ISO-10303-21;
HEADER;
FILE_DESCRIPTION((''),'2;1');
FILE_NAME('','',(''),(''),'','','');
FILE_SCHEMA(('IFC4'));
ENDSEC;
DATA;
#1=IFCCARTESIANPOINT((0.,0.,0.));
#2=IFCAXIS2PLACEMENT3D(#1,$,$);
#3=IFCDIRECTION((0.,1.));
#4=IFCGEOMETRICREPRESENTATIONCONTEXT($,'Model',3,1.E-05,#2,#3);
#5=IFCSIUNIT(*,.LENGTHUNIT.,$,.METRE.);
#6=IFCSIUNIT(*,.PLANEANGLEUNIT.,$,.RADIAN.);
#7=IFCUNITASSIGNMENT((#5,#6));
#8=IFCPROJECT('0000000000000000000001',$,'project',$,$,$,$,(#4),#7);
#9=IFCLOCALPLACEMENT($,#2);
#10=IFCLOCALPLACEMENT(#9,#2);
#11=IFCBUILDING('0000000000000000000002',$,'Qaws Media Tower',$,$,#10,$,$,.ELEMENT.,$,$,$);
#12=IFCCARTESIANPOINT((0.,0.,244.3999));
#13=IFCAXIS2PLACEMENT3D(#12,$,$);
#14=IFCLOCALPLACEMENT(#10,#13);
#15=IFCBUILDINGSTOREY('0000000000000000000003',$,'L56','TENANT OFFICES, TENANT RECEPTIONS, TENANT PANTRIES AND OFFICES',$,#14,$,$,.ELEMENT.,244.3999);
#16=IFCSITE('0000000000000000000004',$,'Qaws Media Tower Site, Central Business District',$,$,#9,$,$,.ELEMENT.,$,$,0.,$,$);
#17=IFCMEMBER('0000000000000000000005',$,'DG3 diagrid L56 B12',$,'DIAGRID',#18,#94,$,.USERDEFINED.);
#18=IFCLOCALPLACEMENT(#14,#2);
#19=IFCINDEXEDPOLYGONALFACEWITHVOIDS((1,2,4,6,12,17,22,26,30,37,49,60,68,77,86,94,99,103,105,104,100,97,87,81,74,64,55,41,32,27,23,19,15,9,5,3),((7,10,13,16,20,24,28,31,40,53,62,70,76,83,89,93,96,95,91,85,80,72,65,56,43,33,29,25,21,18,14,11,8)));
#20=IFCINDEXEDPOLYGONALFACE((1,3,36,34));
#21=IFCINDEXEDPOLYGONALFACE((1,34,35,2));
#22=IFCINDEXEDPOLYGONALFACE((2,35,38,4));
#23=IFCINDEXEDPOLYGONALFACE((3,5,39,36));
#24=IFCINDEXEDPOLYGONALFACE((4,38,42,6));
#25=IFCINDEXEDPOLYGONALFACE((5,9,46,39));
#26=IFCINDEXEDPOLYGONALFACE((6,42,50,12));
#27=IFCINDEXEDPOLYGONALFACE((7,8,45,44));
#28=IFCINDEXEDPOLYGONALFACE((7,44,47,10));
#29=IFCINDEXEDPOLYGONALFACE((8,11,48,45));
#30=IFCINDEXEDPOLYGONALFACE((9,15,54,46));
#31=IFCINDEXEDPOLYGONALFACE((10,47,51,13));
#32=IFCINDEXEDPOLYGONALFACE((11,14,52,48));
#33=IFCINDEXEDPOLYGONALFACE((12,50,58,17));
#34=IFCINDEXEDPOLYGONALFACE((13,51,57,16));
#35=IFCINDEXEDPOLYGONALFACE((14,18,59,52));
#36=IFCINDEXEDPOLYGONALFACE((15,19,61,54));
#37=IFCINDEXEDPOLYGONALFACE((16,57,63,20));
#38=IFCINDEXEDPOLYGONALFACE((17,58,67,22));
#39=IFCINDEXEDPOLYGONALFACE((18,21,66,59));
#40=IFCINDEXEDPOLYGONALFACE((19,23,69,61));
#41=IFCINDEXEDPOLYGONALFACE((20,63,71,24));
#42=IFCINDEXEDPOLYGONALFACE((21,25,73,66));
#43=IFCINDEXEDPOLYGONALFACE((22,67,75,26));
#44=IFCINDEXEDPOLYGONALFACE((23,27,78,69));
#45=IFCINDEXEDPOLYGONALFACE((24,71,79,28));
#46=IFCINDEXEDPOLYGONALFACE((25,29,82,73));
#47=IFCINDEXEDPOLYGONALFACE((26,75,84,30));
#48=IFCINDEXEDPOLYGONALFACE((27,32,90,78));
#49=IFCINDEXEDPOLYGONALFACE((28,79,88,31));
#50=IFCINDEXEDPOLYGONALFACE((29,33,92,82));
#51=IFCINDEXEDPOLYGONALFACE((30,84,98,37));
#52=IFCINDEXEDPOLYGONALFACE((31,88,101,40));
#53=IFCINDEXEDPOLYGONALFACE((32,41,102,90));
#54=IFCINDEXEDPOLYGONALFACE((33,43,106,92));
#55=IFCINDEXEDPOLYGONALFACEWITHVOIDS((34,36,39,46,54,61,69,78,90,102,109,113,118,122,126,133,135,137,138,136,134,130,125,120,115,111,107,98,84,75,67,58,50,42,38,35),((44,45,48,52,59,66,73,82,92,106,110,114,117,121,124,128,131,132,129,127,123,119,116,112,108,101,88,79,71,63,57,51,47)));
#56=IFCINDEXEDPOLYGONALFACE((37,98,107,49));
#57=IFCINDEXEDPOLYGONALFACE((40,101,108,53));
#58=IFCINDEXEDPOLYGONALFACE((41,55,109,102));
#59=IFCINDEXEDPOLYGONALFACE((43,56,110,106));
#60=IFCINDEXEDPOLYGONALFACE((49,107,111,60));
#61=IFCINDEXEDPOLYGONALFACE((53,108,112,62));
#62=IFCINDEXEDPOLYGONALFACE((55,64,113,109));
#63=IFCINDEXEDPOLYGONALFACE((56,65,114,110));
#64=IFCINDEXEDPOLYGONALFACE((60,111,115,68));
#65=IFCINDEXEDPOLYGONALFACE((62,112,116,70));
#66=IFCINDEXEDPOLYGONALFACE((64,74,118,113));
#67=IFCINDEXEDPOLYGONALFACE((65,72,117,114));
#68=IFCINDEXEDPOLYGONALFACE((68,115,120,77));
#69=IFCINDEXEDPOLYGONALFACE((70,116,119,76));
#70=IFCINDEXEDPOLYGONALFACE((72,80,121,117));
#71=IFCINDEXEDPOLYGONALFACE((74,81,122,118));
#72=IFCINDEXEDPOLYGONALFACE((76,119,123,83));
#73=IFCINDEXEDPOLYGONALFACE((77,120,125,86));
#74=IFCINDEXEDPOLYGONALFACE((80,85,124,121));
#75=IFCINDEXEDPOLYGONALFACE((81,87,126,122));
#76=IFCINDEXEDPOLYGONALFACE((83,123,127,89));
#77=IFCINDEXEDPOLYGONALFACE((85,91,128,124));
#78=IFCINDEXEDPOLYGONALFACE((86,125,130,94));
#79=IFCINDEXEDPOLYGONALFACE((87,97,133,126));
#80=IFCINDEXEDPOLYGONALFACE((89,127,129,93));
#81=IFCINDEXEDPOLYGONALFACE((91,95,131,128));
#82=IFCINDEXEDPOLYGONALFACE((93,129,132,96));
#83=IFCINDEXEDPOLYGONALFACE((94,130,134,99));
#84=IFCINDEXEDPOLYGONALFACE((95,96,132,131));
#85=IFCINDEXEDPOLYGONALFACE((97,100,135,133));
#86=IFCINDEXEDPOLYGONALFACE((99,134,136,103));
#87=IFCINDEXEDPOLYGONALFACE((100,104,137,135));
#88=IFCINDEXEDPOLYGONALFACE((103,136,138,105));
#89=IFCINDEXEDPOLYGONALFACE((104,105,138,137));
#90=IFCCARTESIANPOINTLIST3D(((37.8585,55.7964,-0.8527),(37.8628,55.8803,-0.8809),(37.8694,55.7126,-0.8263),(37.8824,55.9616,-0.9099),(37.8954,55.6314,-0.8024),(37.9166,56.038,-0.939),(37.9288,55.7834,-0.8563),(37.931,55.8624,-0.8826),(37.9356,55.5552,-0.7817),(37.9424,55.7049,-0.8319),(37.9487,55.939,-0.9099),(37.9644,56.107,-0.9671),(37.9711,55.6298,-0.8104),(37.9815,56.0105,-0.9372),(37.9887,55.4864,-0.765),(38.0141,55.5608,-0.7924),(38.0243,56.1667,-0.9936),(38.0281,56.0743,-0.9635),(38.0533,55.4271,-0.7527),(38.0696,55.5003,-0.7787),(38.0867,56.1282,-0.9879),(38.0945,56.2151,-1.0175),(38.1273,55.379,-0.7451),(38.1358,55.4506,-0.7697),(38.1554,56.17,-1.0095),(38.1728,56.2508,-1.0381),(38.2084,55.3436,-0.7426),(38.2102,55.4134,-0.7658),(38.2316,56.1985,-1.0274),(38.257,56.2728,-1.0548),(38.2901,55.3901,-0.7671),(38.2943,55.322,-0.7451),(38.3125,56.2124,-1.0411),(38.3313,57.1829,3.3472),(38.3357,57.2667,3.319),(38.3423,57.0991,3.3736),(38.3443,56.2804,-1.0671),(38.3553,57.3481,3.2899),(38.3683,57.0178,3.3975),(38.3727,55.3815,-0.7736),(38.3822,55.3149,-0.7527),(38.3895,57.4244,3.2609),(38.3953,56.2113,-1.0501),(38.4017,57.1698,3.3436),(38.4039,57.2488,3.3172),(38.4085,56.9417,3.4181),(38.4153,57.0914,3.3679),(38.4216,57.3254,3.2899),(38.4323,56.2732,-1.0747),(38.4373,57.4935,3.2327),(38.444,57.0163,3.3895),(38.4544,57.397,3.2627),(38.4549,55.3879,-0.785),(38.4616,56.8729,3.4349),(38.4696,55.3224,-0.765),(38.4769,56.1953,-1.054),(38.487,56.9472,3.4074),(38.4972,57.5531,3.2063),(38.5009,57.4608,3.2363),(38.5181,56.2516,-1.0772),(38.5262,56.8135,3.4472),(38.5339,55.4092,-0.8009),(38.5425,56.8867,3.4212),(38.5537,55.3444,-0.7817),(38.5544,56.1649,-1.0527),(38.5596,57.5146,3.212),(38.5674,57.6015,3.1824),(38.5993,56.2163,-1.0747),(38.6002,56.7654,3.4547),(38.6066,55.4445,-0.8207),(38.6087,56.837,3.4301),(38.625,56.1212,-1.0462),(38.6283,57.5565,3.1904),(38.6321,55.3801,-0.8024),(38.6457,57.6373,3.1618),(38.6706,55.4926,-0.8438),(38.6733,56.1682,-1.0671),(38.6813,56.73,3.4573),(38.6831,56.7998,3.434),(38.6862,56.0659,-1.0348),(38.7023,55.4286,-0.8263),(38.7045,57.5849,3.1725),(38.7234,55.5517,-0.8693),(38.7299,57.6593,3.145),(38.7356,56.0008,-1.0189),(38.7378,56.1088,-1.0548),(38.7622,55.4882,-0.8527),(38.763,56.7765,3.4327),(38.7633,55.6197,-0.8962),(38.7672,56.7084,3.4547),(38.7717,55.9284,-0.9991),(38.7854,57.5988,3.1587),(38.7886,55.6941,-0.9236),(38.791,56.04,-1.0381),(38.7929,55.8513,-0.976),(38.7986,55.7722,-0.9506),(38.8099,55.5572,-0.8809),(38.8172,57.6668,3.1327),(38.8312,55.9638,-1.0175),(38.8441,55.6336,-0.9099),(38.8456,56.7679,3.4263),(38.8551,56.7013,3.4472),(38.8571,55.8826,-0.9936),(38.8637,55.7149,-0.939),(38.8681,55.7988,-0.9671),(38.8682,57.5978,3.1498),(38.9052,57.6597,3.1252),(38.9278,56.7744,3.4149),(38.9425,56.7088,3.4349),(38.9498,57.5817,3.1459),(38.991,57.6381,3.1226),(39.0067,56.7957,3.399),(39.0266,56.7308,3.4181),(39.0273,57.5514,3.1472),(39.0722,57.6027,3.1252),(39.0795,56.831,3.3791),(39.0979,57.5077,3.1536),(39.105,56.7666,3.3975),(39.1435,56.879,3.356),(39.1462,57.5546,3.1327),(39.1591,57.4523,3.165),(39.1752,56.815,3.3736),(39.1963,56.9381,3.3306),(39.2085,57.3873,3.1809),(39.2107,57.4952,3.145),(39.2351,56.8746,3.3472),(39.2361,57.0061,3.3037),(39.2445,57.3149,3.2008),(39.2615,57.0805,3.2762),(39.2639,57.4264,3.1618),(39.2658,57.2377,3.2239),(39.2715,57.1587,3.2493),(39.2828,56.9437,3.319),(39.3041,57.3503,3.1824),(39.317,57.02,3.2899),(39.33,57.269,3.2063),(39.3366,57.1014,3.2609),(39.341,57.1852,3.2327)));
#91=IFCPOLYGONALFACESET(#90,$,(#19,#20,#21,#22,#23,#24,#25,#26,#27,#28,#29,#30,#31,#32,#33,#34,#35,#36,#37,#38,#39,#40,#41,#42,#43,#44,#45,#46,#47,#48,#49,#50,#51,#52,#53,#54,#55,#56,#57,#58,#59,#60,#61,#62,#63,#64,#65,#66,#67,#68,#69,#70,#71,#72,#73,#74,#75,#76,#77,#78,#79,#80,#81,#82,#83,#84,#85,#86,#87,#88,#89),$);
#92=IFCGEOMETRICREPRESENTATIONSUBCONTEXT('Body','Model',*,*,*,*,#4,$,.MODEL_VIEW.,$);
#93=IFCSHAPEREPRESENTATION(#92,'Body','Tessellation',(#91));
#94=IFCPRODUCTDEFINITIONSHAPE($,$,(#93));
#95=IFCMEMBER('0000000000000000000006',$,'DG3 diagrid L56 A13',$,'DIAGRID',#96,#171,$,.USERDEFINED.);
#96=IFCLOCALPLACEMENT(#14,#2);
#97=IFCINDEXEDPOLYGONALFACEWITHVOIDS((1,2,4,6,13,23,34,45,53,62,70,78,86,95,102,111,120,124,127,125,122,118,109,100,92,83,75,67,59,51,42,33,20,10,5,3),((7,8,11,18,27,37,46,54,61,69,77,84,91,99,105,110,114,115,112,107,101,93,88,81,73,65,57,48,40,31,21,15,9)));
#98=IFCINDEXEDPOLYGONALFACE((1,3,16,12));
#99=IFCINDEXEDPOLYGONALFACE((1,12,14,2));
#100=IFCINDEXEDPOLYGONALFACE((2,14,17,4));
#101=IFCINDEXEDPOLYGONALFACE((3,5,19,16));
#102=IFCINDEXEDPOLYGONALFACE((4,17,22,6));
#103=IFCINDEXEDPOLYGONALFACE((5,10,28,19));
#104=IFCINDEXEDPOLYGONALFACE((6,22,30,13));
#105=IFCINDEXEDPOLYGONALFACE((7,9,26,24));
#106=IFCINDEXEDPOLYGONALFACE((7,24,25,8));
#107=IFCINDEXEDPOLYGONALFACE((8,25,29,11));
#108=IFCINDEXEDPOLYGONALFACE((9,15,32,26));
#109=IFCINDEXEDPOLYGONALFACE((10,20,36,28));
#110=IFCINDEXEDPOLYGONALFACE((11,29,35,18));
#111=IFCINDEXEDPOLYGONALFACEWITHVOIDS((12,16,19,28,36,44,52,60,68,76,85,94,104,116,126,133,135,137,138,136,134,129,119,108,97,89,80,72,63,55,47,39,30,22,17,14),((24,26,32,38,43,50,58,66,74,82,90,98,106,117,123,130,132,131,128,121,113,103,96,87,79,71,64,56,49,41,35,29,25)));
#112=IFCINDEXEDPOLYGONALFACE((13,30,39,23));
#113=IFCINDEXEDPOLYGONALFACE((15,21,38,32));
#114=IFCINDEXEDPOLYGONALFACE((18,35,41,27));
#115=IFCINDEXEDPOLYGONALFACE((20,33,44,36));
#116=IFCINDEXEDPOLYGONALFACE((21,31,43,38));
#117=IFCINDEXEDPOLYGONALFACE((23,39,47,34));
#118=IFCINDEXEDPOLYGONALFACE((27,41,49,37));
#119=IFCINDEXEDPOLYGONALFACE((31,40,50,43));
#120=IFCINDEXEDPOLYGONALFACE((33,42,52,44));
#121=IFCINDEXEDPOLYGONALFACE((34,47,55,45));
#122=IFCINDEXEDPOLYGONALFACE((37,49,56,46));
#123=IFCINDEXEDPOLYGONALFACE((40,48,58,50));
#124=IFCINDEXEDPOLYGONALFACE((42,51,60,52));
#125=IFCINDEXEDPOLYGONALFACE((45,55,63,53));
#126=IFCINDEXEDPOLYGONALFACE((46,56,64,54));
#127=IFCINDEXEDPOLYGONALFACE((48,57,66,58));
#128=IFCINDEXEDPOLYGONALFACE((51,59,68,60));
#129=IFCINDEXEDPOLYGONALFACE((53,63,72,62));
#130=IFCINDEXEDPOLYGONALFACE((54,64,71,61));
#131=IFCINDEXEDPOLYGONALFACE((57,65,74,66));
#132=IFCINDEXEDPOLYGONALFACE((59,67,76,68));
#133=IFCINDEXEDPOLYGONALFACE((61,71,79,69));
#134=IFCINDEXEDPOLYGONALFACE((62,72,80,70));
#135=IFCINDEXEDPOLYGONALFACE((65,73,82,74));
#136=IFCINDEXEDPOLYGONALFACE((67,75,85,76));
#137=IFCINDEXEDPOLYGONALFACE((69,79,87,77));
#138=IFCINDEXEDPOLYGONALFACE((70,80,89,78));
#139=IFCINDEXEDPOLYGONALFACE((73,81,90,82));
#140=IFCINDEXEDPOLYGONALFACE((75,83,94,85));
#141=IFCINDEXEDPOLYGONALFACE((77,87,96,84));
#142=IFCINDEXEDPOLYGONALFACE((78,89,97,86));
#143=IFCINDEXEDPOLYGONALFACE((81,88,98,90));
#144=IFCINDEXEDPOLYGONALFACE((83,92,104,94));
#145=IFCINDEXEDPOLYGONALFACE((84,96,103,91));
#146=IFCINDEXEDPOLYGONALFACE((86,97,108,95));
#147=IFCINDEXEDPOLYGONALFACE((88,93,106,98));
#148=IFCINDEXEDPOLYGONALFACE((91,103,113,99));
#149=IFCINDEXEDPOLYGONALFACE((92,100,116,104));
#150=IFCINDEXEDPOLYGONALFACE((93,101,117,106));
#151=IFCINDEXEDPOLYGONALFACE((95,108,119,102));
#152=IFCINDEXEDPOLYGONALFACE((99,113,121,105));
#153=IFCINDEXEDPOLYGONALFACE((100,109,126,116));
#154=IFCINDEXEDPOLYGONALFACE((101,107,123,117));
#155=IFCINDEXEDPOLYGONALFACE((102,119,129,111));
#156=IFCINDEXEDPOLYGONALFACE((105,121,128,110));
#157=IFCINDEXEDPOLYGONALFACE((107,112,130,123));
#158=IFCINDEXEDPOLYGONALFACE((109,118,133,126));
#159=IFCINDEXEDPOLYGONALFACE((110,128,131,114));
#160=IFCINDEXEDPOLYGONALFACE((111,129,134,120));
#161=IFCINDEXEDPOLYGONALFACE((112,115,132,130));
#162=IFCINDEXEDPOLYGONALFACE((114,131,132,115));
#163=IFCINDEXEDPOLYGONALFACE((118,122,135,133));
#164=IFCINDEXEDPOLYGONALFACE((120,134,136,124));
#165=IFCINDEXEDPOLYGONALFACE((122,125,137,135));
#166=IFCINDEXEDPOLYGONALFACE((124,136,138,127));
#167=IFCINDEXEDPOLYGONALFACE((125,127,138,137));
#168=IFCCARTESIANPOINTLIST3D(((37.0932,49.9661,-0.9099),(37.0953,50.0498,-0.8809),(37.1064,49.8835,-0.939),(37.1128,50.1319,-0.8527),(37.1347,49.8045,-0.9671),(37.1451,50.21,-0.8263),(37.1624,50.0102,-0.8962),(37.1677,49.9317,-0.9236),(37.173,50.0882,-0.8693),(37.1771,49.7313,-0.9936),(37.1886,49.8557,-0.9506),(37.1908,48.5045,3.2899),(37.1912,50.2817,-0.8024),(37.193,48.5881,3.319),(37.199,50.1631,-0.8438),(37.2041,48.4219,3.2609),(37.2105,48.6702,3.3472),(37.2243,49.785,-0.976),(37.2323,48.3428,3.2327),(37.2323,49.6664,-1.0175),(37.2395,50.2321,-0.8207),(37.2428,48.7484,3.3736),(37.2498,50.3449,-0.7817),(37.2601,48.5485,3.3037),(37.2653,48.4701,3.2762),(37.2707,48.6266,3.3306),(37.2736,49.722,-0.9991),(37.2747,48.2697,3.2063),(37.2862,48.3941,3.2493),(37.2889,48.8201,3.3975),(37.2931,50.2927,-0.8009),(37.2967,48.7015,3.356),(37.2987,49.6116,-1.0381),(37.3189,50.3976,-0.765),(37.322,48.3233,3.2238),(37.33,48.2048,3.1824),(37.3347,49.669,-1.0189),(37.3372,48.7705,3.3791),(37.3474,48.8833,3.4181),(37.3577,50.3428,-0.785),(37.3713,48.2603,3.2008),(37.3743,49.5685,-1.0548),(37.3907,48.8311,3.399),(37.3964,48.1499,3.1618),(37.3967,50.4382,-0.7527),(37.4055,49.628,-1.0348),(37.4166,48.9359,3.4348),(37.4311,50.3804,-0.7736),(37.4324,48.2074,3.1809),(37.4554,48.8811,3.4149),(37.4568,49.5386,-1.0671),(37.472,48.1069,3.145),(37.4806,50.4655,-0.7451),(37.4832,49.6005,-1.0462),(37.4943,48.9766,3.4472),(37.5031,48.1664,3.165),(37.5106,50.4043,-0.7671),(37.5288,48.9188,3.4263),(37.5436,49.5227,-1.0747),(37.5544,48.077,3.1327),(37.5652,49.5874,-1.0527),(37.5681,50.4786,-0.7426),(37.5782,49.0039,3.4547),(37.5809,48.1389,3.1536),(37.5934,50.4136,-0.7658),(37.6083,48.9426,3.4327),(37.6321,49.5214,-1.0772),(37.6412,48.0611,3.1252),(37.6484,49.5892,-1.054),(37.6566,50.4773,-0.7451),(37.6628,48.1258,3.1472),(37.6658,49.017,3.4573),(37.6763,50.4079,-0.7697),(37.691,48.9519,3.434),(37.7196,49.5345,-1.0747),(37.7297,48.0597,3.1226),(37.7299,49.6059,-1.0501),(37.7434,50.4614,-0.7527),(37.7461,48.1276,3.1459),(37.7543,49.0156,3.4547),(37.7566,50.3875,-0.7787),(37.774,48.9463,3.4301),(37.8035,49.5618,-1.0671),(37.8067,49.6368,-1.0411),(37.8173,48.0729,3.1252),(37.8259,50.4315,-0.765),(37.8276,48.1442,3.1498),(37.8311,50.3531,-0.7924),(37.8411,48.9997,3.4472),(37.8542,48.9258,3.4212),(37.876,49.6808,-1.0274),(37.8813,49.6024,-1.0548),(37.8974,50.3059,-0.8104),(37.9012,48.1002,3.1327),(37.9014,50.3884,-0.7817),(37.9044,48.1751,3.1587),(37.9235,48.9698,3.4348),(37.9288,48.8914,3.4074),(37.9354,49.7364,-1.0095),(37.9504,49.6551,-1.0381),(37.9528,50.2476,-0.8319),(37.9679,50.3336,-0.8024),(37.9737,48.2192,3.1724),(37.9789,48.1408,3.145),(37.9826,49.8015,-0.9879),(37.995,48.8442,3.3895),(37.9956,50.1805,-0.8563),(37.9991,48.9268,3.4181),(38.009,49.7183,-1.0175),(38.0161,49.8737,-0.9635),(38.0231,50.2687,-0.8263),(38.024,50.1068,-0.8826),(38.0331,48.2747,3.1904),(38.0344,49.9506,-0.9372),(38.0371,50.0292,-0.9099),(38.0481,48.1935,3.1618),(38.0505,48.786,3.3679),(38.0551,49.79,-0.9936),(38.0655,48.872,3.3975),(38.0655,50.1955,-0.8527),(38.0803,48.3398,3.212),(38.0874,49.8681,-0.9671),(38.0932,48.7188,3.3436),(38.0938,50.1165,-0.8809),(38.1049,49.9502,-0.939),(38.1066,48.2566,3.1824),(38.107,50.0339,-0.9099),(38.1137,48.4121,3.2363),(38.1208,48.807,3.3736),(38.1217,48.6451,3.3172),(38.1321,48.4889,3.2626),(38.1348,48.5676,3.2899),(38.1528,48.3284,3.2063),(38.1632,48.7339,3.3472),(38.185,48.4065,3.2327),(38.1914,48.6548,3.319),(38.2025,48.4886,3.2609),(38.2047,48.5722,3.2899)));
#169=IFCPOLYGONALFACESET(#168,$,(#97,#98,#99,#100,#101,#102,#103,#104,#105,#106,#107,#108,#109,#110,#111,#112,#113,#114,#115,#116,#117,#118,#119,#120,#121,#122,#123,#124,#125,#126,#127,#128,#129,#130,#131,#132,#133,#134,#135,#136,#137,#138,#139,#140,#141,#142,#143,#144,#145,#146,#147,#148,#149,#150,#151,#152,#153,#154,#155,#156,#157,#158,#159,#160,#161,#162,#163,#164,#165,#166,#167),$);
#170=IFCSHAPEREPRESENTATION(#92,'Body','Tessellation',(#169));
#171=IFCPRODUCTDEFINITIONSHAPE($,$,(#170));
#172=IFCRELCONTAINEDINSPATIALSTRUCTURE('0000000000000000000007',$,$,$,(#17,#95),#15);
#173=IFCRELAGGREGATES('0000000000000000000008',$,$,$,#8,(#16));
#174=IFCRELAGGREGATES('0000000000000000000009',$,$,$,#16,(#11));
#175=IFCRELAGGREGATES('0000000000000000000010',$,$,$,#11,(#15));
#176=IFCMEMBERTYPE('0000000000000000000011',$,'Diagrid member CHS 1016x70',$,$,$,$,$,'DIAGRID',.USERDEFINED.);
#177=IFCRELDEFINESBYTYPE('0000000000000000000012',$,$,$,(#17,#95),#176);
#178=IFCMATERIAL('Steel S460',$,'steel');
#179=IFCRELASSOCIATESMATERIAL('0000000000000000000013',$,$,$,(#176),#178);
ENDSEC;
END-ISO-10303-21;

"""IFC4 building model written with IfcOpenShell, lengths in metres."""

from ifc_helpers import new_model, si_unit, direction, frame, origin, origin_2d, place, context, subcontext, project, spatial, hollow_circle, extrude, material, material_profile, profile_set, type_object, element, save


model = new_model("IFC4")

# Units and contexts
model_context = context("Model", 3, precision=1e-05, world=origin(), true_north=direction((0.0, 1.0)))
body_context = subcontext(model_context, "Body", "Model", "MODEL_VIEW")
ifc_project = project(units=[si_unit("LENGTHUNIT", "METRE"), si_unit("PLANEANGLEUNIT", "RADIAN")], contexts=[model_context])

# Site, building, storey
site_placement = place(None, origin())
site = spatial("IfcSite", under=ifc_project, at=site_placement, Name="Qaws Media Tower Site, Central Business District", CompositionType="ELEMENT", RefElevation=0.0)
building_placement = place(site_placement, origin())
building = spatial("IfcBuilding", under=site, at=building_placement, Name="Qaws Media Tower", CompositionType="ELEMENT")
storey_placement = place(building_placement, frame((0.0, 0.0, 244.3999)))
storey = spatial("IfcBuildingStorey", under=building, at=storey_placement, Name="L56", Description="TENANT OFFICES, TENANT RECEPTIONS, TENANT PANTRIES AND OFFICES", CompositionType="ELEMENT", Elevation=244.3999)

# Members
ifc_material_1 = material(Name="Steel S460", Category="steel")
ifc_material_profile_1 = material_profile(ifc_material_1, hollow_circle(Radius=0.5081, WallThickness=0.0701, at=origin_2d()), Name="CHS 1016x70")
ifc_profile_set_1 = profile_set([ifc_material_profile_1], Name="Steel S460")
member_type_1 = type_object("IfcMemberType", Name="Diagrid member CHS 1016x70", ElementType="DIAGRID", PredefinedType="USERDEFINED", material=ifc_profile_set_1)
for number, where, z_axis, x_axis, name in (
    (1, (38.3633, 55.7976, -0.9099), (0.106315, 0.311701, 0.944214), (-0.94646, 0.32282, 0.0), "DG3 diagrid L56 B12"),
    (2, (37.6001, 50.0, -0.9099), (0.021955, -0.328605, 0.944212), (0.997776, 0.066663, 0.0), "DG3 diagrid L56 A13"),
):
    element("IfcMember", number, at=place(storey_placement, frame(where, z_axis=z_axis, x_axis=x_axis)), inside=storey, type_object=member_type_1, Name=name, ObjectType="DIAGRID", PredefinedType="USERDEFINED", context=body_context, shape_type="SweptSolid", body=[
        extrude(hollow_circle(Radius=0.5081, WallThickness=0.0701, at=origin_2d()), origin(), (0.0, 0.0, 1.0), 4.448),
    ])

save(model, "model.ifc")
